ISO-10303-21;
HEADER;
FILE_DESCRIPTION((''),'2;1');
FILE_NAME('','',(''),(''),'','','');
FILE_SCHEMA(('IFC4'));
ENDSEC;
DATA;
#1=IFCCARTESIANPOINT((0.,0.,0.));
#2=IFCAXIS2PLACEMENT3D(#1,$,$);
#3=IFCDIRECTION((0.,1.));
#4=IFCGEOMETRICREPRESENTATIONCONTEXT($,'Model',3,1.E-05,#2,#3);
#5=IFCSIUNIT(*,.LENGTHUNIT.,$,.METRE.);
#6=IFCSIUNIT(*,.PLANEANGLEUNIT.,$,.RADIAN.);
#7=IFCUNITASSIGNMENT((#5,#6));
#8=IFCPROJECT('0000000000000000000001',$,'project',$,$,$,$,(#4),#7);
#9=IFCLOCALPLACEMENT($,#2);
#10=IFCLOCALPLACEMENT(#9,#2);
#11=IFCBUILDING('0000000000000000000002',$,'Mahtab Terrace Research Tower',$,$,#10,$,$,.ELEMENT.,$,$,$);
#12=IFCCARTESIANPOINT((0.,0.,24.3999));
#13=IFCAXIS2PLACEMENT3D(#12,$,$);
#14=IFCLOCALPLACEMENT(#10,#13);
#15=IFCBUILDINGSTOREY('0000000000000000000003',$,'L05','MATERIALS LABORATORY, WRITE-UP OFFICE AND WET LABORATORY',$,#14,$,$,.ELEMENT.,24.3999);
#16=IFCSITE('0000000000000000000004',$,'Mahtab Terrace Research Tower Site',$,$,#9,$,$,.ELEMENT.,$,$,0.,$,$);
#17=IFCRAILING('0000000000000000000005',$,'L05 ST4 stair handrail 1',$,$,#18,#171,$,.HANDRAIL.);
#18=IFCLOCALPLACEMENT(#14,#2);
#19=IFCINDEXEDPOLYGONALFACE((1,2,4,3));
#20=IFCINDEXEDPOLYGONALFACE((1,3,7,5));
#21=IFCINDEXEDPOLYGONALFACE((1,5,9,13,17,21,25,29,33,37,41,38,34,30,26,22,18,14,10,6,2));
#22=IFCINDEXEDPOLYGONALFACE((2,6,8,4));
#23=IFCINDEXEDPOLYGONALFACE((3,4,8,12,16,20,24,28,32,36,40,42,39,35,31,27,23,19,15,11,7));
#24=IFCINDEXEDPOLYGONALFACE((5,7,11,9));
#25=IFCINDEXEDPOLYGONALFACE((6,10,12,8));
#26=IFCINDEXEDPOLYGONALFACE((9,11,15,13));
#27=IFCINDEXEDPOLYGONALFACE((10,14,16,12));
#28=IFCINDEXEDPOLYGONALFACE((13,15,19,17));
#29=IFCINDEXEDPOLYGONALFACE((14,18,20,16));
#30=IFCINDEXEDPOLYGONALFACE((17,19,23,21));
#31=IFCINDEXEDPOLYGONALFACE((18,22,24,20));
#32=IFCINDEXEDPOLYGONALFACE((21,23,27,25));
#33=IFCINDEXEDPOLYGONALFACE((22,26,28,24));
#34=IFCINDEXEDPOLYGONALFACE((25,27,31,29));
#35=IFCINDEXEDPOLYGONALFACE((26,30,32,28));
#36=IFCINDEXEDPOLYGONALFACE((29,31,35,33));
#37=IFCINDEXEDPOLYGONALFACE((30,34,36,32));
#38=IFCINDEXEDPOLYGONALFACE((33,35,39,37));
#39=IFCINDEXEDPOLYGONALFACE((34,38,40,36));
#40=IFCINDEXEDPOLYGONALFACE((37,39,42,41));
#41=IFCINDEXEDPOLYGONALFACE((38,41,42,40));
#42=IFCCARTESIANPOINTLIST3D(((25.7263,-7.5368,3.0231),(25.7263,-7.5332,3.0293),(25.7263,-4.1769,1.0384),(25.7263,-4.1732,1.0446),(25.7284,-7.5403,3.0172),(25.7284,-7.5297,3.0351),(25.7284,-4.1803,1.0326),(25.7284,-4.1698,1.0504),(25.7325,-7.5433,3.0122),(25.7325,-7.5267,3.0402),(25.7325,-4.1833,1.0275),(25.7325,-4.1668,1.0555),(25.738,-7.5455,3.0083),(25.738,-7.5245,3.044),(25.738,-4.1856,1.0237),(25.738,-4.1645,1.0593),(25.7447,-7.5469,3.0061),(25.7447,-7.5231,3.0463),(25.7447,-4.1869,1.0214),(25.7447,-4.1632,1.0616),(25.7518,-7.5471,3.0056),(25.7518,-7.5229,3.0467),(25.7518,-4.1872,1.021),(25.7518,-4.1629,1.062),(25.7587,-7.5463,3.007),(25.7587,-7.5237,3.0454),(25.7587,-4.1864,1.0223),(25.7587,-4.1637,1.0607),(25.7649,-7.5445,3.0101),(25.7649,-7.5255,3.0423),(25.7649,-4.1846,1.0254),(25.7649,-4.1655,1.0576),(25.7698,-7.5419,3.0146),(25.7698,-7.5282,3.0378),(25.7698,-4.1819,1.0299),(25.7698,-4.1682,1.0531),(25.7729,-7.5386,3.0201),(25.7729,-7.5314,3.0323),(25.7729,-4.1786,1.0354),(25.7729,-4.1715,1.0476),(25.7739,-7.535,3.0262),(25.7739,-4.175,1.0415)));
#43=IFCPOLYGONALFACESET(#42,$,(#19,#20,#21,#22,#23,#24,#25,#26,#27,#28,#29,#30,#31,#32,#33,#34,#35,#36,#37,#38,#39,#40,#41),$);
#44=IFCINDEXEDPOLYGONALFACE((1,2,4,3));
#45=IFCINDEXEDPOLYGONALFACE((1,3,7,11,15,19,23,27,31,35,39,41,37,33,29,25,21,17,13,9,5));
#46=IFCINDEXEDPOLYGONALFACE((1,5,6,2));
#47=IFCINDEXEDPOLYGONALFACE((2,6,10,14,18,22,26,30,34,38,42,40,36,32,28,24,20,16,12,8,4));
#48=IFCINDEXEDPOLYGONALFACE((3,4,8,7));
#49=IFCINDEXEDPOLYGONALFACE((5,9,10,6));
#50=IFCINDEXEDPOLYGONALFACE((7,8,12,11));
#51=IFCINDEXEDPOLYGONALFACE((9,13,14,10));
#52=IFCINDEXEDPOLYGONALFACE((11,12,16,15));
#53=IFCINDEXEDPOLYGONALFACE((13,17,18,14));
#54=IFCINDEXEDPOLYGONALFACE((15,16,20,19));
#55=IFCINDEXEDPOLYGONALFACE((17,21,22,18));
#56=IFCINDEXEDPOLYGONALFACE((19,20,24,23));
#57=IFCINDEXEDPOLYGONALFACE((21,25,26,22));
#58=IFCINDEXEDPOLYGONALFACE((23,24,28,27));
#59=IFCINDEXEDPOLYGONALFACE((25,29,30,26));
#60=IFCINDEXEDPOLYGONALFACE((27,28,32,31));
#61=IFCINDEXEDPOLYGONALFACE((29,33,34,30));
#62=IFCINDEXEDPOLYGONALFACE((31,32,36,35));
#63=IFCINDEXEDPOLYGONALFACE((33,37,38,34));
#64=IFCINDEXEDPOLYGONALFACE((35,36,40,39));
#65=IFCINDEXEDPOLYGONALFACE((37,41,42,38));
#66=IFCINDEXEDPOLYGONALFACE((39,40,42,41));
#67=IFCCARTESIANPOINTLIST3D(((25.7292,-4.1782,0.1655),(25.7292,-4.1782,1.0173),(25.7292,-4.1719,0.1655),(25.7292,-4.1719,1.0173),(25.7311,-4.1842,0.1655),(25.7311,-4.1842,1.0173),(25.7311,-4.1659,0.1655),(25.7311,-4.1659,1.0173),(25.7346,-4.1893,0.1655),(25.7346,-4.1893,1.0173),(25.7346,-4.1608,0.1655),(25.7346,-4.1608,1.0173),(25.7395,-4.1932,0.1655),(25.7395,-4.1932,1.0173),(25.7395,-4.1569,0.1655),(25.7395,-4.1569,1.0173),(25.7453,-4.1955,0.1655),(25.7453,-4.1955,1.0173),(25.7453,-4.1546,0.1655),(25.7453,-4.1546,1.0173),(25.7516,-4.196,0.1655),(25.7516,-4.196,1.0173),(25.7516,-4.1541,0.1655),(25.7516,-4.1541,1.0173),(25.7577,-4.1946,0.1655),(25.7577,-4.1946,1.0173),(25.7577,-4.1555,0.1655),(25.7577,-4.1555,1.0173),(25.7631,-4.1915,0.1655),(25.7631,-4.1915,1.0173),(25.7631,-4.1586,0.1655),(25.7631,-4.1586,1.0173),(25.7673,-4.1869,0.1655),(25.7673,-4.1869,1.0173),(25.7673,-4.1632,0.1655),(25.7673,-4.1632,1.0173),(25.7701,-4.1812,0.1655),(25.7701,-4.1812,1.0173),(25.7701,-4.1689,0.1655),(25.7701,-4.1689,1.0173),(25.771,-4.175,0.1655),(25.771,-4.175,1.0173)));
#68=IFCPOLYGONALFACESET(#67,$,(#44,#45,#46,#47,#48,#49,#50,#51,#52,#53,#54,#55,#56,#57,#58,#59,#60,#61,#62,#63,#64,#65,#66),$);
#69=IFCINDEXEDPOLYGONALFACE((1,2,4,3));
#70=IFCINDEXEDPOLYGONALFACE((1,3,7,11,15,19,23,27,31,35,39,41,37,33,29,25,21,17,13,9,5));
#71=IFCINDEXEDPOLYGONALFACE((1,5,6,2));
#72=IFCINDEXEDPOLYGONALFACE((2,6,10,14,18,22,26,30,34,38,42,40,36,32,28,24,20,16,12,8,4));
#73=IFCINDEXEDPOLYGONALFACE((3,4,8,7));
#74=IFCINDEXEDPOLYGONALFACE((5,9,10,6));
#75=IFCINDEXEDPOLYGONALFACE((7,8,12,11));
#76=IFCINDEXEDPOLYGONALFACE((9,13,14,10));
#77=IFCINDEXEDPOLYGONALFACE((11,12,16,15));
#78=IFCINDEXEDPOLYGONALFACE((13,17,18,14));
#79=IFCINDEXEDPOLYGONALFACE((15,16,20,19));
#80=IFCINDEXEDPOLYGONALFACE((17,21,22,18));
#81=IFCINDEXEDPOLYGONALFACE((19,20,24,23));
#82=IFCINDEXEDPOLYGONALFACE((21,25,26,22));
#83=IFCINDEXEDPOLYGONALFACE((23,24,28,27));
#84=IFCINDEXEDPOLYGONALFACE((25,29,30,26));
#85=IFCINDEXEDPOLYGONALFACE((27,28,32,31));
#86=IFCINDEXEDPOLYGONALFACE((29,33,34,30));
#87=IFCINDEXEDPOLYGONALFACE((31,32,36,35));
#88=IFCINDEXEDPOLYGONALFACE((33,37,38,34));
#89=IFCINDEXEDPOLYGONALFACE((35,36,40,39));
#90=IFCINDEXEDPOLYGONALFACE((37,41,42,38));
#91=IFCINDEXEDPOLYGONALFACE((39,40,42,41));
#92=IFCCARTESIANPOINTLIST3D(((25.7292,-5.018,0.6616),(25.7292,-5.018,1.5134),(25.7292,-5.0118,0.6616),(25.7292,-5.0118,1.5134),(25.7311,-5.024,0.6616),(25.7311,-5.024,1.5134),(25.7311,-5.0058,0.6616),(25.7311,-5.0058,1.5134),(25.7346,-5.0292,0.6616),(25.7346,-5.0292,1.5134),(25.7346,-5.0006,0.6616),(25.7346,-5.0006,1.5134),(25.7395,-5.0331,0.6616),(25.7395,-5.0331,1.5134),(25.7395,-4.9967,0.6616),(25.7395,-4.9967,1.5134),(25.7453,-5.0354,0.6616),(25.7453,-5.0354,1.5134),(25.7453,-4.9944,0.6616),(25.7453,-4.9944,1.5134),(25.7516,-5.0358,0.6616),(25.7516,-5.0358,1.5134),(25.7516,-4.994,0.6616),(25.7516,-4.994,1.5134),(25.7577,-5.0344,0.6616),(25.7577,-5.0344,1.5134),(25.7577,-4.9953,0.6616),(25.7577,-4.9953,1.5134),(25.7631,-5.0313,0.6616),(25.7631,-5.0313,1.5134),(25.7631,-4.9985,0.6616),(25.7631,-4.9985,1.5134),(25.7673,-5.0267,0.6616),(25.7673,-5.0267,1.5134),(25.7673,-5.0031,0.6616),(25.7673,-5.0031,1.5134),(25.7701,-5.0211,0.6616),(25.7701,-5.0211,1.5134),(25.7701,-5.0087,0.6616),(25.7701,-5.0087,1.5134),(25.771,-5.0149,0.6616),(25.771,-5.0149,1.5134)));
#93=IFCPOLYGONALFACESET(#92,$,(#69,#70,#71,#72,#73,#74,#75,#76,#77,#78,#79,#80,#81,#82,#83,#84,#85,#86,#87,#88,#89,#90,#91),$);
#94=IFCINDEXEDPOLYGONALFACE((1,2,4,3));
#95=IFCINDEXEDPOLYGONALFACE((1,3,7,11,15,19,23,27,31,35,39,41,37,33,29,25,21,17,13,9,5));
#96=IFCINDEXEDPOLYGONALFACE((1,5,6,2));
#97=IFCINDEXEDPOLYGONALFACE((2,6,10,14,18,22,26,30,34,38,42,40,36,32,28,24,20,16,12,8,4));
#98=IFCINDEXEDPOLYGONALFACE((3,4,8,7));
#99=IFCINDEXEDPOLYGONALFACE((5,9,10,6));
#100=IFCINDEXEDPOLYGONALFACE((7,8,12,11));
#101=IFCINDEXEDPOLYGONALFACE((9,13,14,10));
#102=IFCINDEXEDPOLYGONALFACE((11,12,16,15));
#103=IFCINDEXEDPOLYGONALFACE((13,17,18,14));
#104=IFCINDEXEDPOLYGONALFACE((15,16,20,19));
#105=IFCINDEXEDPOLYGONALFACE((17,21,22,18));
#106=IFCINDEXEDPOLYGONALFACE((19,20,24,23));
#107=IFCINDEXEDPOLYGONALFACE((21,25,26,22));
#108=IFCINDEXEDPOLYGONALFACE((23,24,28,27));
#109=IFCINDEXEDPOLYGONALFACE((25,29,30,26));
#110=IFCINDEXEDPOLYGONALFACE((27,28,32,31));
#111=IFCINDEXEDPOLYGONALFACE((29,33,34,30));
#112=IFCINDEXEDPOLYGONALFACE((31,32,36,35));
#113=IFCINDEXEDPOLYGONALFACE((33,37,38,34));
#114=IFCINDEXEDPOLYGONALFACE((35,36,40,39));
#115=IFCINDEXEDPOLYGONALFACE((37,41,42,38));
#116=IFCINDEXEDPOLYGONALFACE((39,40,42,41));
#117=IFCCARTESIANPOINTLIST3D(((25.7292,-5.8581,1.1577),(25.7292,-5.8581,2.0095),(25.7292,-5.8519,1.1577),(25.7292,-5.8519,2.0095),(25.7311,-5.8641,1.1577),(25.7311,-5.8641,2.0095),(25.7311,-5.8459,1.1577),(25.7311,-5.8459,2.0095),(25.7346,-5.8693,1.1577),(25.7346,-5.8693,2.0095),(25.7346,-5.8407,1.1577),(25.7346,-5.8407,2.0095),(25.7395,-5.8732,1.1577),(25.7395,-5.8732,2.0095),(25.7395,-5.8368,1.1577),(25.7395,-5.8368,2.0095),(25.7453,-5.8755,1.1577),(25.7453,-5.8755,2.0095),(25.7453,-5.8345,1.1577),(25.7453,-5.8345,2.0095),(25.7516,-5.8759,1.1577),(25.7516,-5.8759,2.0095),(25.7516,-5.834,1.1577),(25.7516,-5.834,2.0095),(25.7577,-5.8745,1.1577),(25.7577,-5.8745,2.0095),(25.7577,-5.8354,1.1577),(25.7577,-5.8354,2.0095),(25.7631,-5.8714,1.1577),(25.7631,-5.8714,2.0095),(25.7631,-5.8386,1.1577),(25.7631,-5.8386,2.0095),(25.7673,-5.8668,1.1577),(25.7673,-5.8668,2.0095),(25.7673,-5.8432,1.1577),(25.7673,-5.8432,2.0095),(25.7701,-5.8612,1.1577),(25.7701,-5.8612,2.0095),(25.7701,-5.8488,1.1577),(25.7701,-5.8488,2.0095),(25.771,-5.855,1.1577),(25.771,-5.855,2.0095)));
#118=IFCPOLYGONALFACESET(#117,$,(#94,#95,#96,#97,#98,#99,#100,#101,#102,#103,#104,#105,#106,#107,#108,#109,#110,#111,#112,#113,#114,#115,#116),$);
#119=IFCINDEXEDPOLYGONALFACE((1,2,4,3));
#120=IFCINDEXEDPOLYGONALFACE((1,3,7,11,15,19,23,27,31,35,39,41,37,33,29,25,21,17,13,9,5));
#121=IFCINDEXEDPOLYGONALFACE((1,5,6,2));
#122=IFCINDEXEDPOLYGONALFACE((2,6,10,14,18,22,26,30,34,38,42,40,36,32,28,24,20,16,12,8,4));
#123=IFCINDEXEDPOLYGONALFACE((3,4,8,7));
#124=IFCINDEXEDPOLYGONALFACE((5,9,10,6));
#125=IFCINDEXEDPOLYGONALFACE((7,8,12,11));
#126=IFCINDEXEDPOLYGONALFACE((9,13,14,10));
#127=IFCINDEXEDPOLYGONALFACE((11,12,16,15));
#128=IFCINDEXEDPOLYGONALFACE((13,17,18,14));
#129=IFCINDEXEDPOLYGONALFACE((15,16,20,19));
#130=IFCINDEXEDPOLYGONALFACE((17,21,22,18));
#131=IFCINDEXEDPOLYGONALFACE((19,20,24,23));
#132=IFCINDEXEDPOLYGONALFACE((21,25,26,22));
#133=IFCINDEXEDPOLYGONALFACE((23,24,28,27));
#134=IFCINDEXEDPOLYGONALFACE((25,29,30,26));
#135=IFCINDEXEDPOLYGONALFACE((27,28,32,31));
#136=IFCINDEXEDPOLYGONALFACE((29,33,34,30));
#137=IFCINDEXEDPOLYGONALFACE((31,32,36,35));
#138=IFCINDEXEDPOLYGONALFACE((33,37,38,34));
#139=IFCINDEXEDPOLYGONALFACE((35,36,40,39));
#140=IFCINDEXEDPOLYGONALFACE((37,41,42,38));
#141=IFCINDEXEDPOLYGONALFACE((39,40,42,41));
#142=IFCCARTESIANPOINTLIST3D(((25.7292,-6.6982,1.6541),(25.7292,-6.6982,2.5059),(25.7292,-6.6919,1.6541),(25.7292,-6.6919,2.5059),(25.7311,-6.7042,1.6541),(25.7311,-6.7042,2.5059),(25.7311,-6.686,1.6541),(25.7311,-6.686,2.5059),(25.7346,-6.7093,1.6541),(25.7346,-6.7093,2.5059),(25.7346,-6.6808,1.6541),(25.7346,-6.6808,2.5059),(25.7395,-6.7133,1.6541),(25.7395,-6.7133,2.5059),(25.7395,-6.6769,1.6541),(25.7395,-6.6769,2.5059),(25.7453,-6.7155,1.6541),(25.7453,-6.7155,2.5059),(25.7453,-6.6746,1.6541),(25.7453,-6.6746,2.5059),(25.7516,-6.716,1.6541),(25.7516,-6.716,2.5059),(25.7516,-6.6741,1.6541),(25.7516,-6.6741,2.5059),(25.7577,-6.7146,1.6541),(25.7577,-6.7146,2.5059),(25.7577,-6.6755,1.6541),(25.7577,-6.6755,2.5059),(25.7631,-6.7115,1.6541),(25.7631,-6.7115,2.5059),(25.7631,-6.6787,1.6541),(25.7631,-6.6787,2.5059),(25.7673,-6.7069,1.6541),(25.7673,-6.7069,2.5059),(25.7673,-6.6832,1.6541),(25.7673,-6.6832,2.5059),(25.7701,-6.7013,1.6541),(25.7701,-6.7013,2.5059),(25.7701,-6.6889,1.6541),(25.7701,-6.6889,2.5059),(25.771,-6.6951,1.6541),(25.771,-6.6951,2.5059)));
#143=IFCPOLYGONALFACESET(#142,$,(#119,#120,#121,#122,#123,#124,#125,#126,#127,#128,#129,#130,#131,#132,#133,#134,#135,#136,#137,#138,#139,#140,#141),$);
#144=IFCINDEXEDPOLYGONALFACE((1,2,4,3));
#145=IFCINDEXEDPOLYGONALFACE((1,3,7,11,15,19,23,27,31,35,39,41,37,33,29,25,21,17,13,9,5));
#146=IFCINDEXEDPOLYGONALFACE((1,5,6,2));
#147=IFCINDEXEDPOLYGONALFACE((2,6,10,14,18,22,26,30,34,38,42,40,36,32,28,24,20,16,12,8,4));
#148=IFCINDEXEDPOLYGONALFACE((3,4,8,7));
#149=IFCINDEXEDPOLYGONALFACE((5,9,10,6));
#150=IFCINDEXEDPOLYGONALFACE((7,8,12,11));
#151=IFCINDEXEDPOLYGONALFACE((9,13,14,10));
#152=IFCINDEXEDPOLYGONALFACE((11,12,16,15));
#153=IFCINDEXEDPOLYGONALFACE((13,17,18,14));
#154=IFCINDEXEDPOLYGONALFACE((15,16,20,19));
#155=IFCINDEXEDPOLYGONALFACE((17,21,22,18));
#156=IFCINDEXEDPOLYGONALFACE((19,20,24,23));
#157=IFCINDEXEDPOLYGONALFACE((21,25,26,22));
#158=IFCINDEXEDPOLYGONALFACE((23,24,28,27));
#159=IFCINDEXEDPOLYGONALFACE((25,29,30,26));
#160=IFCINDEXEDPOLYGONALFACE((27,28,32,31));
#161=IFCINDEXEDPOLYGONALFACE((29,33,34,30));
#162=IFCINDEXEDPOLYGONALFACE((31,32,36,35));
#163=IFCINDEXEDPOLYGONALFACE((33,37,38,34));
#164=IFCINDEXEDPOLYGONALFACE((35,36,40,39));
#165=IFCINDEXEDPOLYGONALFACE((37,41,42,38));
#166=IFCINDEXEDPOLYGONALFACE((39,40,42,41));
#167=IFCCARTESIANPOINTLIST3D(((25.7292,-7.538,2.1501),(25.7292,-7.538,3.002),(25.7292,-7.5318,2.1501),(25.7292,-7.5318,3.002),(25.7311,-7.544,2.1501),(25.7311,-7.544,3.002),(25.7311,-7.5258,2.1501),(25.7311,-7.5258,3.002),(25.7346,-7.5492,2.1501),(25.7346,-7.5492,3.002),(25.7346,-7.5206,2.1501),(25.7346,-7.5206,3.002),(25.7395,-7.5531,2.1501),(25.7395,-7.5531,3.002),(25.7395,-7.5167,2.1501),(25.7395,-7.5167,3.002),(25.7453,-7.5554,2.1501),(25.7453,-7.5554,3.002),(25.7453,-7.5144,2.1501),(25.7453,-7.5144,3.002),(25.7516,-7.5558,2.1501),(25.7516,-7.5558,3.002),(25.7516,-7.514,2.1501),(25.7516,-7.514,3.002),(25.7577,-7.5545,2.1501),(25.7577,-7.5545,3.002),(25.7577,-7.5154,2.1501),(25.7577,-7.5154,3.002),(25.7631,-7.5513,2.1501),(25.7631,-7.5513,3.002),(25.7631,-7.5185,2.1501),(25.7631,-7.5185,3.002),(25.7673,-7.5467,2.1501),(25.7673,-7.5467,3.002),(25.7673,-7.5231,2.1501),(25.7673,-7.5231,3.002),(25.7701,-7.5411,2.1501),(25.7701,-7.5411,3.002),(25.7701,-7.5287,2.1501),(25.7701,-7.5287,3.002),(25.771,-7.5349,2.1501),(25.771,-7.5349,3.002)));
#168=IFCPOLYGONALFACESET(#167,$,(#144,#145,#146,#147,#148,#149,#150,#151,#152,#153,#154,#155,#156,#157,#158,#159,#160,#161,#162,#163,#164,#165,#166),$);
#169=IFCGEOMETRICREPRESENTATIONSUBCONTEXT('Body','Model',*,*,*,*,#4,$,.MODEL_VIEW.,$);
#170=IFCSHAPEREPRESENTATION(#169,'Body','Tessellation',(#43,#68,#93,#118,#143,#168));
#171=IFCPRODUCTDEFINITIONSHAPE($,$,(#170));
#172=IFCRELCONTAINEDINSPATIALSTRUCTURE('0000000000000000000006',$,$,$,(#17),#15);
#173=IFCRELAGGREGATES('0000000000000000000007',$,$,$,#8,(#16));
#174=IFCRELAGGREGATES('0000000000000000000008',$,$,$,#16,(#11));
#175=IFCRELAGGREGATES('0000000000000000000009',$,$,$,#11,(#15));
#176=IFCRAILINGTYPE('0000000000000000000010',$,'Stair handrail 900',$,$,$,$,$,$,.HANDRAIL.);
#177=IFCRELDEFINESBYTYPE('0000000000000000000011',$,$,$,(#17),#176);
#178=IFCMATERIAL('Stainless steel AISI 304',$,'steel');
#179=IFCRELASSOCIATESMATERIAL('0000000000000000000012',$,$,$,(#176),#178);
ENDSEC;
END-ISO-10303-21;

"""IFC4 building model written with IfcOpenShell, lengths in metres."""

from ifc_helpers import new_model, si_unit, direction, frame, origin, origin_2d, place, context, subcontext, project, spatial, circle, extrude, material, type_object, element, save


model = new_model("IFC4")

# Units and contexts
model_context = context("Model", 3, precision=1e-05, world=origin(), true_north=direction((0.0, 1.0)))
body_context = subcontext(model_context, "Body", "Model", "MODEL_VIEW")
ifc_project = project(units=[si_unit("LENGTHUNIT", "METRE"), si_unit("PLANEANGLEUNIT", "RADIAN")], contexts=[model_context])

# Site, building, storey
site_placement = place(None, origin())
site = spatial("IfcSite", under=ifc_project, at=site_placement, Name="Mahtab Terrace Research Tower Site", CompositionType="ELEMENT", RefElevation=0.0)
building_placement = place(site_placement, origin())
building = spatial("IfcBuilding", under=site, at=building_placement, Name="Mahtab Terrace Research Tower", CompositionType="ELEMENT")
storey_placement = place(building_placement, frame((0.0, 0.0, 24.3999)))
storey = spatial("IfcBuildingStorey", under=building, at=storey_placement, Name="L05", Description="MATERIALS LABORATORY, WRITE-UP OFFICE AND WET LABORATORY", CompositionType="ELEMENT", Elevation=24.3999)

# Shared definitions
ifc_material_1 = material(Name="Stainless steel AISI 304", Category="steel")

# Railing
railing_type_1 = type_object("IfcRailingType", Name="Stair handrail 900", PredefinedType="HANDRAIL", material=ifc_material_1)
railing_1_placement = place(storey_placement, frame((25.75, -4.175, 0.1655)))
element("IfcRailing", 1, at=railing_1_placement, inside=storey, type_object=railing_type_1, Name="L05 ST4 stair handrail 1", PredefinedType="HANDRAIL", context=body_context, shape_type="SweptSolid", body=[
    extrude(circle(Radius=0.0239, at=origin_2d()), frame((0.0, 0.0, 0.876), z_axis=(0.0, -0.861011, 0.508586), x_axis=(1.0, 0.0, 0.0)), (0.0, 0.0, 1.0), 3.9023),
    extrude(circle(Radius=0.021, at=origin_2d()), origin(), (0.0, 0.0, 1.0), 0.8518),
    extrude(circle(Radius=0.021, at=origin_2d()), frame((0.0, -0.8398, 0.4961)), (0.0, 0.0, 1.0), 0.8518),
    extrude(circle(Radius=0.021, at=origin_2d()), frame((0.0, -1.6799, 0.9922)), (0.0, 0.0, 1.0), 0.8518),
    extrude(circle(Radius=0.021, at=origin_2d()), frame((0.0, -2.52, 1.4885)), (0.0, 0.0, 1.0), 0.8518),
    extrude(circle(Radius=0.021, at=origin_2d()), frame((0.0, -3.3599, 1.9846)), (0.0, 0.0, 1.0), 0.8518),
])

save(model, "model.ifc")
